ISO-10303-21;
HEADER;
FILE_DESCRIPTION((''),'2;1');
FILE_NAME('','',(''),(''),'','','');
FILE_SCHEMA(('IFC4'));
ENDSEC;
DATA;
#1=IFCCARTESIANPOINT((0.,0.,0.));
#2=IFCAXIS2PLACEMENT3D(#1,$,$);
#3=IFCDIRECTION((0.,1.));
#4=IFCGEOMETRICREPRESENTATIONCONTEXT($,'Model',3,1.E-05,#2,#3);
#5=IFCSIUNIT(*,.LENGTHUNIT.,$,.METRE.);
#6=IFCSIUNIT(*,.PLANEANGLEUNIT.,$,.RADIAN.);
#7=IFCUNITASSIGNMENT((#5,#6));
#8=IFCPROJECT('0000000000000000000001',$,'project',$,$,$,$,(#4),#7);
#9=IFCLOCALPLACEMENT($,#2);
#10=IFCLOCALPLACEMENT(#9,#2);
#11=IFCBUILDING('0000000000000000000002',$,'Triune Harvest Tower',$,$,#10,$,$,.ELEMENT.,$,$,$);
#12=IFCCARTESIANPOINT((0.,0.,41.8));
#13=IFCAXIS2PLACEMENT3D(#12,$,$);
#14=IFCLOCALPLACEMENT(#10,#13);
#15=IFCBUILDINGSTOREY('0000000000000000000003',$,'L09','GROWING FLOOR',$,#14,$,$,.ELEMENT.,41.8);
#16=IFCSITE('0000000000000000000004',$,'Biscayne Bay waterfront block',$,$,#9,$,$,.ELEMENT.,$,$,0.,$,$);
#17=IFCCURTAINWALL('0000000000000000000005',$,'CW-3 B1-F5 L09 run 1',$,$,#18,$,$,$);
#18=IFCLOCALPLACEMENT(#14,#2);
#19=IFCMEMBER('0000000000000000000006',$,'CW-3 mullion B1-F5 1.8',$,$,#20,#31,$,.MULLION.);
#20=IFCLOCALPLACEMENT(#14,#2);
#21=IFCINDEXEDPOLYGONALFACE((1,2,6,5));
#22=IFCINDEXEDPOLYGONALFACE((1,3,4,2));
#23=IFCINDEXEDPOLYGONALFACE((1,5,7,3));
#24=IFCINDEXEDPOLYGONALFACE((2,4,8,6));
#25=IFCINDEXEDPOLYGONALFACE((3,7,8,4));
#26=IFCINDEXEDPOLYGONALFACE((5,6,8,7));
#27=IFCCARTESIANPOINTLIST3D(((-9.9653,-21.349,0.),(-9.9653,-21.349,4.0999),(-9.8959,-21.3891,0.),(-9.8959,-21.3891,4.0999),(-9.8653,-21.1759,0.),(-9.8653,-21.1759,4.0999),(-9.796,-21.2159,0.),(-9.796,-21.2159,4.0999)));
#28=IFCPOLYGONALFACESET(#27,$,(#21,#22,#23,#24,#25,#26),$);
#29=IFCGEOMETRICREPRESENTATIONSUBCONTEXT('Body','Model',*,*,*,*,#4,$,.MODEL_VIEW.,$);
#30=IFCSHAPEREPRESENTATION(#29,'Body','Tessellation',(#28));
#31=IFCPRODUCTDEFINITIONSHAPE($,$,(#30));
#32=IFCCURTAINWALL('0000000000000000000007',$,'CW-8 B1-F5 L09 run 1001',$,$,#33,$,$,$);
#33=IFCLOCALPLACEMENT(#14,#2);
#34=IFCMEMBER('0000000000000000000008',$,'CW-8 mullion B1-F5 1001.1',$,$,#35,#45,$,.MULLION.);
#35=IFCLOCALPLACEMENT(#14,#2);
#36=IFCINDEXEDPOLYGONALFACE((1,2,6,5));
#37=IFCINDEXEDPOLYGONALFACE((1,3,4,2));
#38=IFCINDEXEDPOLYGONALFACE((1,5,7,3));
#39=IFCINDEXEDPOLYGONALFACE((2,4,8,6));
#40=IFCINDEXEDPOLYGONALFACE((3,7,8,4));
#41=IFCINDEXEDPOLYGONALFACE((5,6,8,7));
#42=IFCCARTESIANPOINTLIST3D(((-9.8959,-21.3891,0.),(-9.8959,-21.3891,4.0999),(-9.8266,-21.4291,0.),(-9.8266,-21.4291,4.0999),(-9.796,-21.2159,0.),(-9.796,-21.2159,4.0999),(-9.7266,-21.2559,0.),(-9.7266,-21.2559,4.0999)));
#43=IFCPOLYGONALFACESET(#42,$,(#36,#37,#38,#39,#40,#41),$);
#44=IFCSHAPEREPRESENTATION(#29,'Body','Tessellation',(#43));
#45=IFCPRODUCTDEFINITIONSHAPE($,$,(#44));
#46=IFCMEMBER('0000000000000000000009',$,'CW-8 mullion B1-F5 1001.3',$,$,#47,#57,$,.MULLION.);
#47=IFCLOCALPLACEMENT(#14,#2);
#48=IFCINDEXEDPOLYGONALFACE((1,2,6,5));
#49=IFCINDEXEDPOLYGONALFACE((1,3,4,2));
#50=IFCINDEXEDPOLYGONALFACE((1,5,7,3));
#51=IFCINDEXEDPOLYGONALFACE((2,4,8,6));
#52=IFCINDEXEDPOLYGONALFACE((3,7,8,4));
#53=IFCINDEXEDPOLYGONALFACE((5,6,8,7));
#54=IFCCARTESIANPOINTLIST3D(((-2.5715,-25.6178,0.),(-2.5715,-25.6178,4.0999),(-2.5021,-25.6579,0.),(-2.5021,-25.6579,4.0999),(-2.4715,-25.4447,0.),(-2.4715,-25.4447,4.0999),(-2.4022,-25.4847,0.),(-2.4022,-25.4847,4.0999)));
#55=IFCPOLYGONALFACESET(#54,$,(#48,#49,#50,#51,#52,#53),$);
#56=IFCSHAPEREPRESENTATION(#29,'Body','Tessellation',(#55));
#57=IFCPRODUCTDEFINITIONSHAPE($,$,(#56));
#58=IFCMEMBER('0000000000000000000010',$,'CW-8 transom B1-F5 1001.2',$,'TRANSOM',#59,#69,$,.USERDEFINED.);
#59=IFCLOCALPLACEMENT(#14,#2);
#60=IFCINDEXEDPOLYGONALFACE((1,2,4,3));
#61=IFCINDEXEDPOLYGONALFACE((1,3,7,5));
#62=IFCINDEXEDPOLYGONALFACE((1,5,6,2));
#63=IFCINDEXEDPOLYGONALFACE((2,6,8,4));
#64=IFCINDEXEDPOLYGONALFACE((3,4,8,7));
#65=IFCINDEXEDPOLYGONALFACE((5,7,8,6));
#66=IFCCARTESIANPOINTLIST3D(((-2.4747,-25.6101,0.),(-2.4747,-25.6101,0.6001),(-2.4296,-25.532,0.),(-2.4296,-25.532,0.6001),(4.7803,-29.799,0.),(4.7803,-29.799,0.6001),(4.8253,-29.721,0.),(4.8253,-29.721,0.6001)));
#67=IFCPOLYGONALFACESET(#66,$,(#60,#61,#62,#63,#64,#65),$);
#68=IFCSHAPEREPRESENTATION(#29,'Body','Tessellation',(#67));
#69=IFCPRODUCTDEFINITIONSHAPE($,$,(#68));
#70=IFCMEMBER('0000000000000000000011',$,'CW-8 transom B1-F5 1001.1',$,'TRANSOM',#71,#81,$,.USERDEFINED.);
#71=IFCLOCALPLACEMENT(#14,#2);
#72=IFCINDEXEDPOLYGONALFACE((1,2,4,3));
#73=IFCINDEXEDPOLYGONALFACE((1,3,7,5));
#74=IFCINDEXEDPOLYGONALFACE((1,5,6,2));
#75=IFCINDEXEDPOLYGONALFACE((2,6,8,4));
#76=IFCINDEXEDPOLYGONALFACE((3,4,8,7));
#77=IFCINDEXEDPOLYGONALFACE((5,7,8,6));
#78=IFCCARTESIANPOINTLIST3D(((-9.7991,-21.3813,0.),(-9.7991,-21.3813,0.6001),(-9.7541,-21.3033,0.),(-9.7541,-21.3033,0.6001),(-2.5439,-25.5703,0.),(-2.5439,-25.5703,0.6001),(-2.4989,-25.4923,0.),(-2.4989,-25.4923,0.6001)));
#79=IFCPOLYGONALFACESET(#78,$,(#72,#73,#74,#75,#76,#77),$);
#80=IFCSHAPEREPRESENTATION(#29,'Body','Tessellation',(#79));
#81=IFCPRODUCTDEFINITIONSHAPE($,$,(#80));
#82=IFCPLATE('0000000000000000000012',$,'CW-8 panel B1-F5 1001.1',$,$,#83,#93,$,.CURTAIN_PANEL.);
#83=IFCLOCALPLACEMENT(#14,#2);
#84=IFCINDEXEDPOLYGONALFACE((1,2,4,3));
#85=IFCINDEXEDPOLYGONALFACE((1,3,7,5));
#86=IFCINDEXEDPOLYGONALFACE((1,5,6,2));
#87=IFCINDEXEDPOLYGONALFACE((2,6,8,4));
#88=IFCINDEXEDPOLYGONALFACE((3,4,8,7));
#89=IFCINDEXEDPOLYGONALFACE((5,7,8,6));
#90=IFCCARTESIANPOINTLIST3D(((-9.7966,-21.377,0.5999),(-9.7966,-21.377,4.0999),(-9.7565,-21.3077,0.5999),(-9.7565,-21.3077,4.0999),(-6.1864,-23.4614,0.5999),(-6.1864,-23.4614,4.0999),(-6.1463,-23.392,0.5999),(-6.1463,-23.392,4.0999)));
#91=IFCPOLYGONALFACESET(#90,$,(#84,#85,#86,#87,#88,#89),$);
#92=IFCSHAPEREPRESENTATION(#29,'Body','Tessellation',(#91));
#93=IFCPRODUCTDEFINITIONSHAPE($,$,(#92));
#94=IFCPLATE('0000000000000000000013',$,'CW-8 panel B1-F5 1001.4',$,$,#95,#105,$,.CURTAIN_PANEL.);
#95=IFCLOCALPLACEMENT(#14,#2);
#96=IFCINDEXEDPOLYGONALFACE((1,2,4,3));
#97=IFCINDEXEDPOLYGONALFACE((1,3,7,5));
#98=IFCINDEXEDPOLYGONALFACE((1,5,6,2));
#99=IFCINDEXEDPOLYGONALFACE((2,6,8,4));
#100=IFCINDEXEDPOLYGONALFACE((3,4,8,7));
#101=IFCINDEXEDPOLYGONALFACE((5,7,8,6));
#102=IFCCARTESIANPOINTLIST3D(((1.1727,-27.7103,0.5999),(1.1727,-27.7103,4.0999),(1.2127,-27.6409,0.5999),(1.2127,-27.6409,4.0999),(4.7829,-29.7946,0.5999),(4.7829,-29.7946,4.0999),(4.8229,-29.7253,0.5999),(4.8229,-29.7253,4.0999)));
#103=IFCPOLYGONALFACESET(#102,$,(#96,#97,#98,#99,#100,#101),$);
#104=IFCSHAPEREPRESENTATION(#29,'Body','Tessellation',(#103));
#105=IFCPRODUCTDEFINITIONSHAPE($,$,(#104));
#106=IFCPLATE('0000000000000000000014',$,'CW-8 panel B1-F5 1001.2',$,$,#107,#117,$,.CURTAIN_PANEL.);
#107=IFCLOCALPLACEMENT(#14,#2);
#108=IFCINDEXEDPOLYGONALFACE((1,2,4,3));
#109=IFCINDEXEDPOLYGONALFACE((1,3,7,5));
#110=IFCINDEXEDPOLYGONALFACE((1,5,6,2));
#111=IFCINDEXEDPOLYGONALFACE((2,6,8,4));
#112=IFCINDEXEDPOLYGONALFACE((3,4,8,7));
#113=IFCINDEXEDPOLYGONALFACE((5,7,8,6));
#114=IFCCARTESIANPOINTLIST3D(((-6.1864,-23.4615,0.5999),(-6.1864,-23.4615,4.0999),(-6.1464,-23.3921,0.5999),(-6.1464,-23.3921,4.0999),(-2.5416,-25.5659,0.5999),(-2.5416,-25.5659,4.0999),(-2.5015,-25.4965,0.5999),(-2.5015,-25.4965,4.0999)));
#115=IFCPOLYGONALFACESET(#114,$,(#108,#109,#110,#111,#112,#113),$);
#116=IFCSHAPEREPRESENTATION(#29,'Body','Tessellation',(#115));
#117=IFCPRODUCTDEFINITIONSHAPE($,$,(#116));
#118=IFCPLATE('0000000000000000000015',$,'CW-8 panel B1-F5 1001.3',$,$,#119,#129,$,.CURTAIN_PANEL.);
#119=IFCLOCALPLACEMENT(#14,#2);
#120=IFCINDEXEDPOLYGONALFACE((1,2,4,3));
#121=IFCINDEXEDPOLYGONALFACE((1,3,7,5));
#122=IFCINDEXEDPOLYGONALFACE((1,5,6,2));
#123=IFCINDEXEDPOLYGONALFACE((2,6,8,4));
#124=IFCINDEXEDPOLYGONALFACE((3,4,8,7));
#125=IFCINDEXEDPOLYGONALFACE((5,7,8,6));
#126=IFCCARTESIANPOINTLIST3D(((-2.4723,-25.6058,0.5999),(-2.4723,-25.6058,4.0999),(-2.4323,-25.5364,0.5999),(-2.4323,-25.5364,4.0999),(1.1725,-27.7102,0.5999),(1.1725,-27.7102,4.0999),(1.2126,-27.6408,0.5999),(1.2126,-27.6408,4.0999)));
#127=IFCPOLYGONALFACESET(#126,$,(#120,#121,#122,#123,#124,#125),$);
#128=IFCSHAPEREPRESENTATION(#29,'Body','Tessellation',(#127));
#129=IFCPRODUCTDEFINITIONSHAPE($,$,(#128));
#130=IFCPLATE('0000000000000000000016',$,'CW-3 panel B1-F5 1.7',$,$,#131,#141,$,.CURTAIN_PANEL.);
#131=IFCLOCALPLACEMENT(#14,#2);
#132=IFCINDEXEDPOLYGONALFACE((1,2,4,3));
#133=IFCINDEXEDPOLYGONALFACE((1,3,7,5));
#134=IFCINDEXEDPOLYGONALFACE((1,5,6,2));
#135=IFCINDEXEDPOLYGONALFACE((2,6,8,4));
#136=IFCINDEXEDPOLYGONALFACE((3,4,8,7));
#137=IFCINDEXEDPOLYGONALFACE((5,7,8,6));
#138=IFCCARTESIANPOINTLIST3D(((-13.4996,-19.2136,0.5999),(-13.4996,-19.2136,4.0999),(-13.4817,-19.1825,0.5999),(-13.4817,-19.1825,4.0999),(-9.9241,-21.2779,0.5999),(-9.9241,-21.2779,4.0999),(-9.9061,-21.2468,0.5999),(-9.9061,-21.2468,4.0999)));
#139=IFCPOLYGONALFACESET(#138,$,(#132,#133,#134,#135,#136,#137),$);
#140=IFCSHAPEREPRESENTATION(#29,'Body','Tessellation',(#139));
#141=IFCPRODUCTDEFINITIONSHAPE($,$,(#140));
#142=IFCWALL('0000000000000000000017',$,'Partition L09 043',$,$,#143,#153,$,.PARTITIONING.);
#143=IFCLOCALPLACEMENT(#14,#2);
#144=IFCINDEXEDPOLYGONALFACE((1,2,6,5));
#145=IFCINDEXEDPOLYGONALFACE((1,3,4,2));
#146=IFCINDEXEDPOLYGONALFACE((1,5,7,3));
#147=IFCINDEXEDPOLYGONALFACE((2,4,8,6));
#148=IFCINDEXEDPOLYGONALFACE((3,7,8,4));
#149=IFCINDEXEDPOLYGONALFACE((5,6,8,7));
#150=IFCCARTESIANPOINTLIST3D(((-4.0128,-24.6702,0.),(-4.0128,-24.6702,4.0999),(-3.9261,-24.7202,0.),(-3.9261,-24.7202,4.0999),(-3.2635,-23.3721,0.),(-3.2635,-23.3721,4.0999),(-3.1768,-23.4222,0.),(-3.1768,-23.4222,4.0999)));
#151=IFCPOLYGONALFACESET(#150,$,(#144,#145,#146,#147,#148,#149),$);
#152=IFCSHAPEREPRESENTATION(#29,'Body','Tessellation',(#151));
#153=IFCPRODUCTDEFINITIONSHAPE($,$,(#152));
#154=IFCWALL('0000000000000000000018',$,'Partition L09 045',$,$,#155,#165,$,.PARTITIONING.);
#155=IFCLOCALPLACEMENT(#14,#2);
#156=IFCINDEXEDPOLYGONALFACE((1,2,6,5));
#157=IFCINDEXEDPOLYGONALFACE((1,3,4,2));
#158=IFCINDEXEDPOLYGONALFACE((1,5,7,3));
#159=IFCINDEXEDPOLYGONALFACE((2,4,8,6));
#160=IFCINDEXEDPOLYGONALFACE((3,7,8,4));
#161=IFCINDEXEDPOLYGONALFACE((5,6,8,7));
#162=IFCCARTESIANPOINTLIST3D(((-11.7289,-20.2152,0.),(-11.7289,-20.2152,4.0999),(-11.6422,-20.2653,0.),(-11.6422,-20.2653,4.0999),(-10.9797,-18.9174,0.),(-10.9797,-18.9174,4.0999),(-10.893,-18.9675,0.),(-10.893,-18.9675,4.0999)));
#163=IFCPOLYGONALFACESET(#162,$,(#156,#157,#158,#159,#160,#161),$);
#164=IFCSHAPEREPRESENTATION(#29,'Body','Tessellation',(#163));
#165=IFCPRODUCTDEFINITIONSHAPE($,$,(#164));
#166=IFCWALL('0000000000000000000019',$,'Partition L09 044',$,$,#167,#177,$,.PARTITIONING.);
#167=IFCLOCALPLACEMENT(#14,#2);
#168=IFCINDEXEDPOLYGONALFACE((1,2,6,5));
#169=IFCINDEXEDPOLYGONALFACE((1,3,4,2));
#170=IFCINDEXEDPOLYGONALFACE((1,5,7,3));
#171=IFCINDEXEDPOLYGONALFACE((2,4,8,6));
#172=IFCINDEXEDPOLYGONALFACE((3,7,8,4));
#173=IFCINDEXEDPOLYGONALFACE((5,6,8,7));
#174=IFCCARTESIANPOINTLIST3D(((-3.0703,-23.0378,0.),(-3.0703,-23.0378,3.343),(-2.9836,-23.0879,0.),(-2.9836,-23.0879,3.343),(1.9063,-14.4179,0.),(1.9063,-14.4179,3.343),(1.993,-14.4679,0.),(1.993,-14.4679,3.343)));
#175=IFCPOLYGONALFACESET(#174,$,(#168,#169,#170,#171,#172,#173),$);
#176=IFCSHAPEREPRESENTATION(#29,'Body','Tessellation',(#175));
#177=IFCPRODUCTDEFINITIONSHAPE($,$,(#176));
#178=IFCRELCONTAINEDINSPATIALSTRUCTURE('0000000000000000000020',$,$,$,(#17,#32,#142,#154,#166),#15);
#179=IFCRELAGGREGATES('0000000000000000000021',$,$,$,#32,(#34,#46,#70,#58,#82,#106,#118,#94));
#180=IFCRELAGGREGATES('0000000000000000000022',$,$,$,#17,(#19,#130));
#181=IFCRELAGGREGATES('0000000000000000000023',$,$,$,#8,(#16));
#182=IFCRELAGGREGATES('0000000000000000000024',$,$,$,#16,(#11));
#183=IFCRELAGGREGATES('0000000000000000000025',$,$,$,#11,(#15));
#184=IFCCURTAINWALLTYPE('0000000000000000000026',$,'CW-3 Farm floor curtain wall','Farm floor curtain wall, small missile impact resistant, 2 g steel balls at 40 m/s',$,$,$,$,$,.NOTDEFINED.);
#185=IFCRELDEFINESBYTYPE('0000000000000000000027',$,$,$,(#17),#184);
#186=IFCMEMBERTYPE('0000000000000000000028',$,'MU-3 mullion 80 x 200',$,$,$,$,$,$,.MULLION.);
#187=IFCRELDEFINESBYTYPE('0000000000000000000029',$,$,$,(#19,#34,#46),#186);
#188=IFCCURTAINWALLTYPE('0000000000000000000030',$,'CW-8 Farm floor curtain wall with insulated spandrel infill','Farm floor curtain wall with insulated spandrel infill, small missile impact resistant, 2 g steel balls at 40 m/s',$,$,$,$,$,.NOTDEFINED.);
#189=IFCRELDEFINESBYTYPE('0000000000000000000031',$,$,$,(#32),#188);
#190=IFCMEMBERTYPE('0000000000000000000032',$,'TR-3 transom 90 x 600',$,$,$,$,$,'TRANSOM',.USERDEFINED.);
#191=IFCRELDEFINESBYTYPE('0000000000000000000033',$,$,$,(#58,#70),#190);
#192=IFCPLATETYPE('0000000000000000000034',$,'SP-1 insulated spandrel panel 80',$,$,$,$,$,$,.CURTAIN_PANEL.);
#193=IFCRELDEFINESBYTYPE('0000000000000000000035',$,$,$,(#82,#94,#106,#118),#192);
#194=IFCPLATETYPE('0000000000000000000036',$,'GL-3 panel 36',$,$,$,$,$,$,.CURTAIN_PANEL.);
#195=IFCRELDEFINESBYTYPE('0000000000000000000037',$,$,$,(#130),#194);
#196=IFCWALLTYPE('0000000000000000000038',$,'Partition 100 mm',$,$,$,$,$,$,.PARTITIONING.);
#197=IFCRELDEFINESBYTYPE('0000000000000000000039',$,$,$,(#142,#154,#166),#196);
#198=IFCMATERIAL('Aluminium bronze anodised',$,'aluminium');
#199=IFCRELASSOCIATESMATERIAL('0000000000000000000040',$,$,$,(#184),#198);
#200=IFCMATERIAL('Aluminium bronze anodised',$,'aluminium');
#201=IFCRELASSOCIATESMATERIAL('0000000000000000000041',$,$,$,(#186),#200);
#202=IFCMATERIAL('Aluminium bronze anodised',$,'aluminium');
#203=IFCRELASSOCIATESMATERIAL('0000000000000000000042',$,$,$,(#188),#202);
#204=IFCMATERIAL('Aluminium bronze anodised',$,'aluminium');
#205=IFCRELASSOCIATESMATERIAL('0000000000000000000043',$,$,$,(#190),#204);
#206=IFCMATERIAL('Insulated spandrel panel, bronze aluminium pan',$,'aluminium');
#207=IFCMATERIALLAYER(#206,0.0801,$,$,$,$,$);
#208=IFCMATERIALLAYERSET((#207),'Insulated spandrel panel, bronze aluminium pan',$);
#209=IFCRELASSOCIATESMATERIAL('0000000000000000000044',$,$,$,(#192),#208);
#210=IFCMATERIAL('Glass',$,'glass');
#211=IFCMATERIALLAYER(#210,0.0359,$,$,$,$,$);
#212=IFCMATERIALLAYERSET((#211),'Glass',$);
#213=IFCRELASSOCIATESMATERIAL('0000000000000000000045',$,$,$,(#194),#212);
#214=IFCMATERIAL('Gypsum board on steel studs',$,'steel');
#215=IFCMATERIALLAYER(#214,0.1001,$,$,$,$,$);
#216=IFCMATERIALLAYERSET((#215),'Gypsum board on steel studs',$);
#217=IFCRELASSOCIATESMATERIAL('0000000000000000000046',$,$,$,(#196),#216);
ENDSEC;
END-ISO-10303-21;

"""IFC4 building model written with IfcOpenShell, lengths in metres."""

from ifc_helpers import new_model, si_unit, direction, frame, frame_2d, origin, origin_2d, place, context, subcontext, project, spatial, rectangle, extrude, source, transform, mapped, material, layer, layer_set, material_profile, profile_set, type_object, element, aggregate, save


model = new_model("IFC4")

# Units and contexts
model_context = context("Model", 3, precision=1e-05, world=origin(), true_north=direction((0.0, 1.0)))
body_context = subcontext(model_context, "Body", "Model", "MODEL_VIEW")
ifc_project = project(units=[si_unit("LENGTHUNIT", "METRE"), si_unit("PLANEANGLEUNIT", "RADIAN")], contexts=[model_context])

# Site, building, storey
site_placement = place(None, origin())
site = spatial("IfcSite", under=ifc_project, at=site_placement, Name="Biscayne Bay waterfront block", CompositionType="ELEMENT", RefElevation=0.0)
building_placement = place(site_placement, origin())
building = spatial("IfcBuilding", under=site, at=building_placement, Name="Triune Harvest Tower", CompositionType="ELEMENT")
storey_placement = place(building_placement, frame((0.0, 0.0, 41.8)))
storey = spatial("IfcBuildingStorey", under=building, at=storey_placement, Name="L09", Description="GROWING FLOOR", CompositionType="ELEMENT", Elevation=41.8)

# Curtain wall, member
ifc_material_1 = material(Name="Aluminium bronze anodised", Category="aluminium")
curtain_wall_type_1 = type_object("IfcCurtainWallType", Name="CW-3 Farm floor curtain wall", Description="Farm floor curtain wall, small missile impact resistant, 2 g steel balls at 40 m/s", PredefinedType="NOTDEFINED", material=ifc_material_1)
curtain_wall_1_placement = place(storey_placement, origin())
curtain_wall_1 = element("IfcCurtainWall", 1, at=curtain_wall_1_placement, inside=storey, type_object=curtain_wall_type_1, Name="CW-3 B1-F5 L09 run 1")
ifc_material_2 = material(Name="Aluminium bronze anodised", Category="aluminium")
ifc_material_profile_1 = material_profile(ifc_material_2, rectangle(XDim=0.2, YDim=0.0801, at=origin_2d()), Name="MU-3 mullion 80 x 200")
ifc_profile_set_1 = profile_set([ifc_material_profile_1], Name="Aluminium bronze anodised")
member_type_1 = type_object("IfcMemberType", Name="MU-3 mullion 80 x 200", PredefinedType="MULLION", material=ifc_profile_set_1)
shared_shape_1 = source(origin(), body_context, "Body", "SweptSolid", [
    extrude(rectangle(XDim=0.2, YDim=0.0801, at=origin_2d()), origin(), (0.0, 0.0, 1.0), 4.0999),
])
member_1_placement = place(storey_placement, frame((-9.8806, -21.2825, 0.0), z_axis=(0.0, 0.0, 1.0), x_axis=(0.5, 0.866026, 0.0)))
member_1 = element("IfcMember", 2, at=member_1_placement, type_object=member_type_1, Name="CW-3 mullion B1-F5 1.8", PredefinedType="MULLION", context=body_context, shape_type="MappedRepresentation", body=[
    mapped(shared_shape_1, transform((0.0, 0.0, 0.0), scale=1.0)),
])

# Curtain wall, members, plates
ifc_material_3 = material(Name="Aluminium bronze anodised", Category="aluminium")
curtain_wall_type_2 = type_object("IfcCurtainWallType", Name="CW-8 Farm floor curtain wall with insulated spandrel infill", Description="Farm floor curtain wall with insulated spandrel infill, small missile impact resistant, 2 g steel balls at 40 m/s", PredefinedType="NOTDEFINED", material=ifc_material_3)
curtain_wall_2_placement = place(storey_placement, origin())
curtain_wall_2 = element("IfcCurtainWall", 3, at=curtain_wall_2_placement, inside=storey, type_object=curtain_wall_type_2, Name="CW-8 B1-F5 L09 run 1001")
member_2_placement = place(storey_placement, frame((-9.8113, -21.3225, 0.0), z_axis=(0.0, 0.0, 1.0), x_axis=(0.500003, 0.866024, 0.0)))
member_2 = element("IfcMember", 4, at=member_2_placement, type_object=member_type_1, Name="CW-8 mullion B1-F5 1001.1", PredefinedType="MULLION", context=body_context, shape_type="MappedRepresentation", body=[
    mapped(shared_shape_1, transform((0.0, 0.0, 0.0), scale=1.0)),
])
member_3_placement = place(storey_placement, frame((-2.4868, -25.5513, 0.0), z_axis=(0.0, 0.0, 1.0), x_axis=(0.500003, 0.866024, 0.0)))
member_3 = element("IfcMember", 5, at=member_3_placement, type_object=member_type_1, Name="CW-8 mullion B1-F5 1001.3", PredefinedType="MULLION", context=body_context, shape_type="MappedRepresentation", body=[
    mapped(shared_shape_1, transform((0.0, 0.0, 0.0), scale=1.0)),
])
ifc_material_4 = material(Name="Aluminium bronze anodised", Category="aluminium")
ifc_material_profile_2 = material_profile(ifc_material_4, rectangle(XDim=0.0901, YDim=0.6001, at=origin_2d()), Name="TR-3 transom 90 x 600")
ifc_profile_set_2 = profile_set([ifc_material_profile_2], Name="Aluminium bronze anodised")
member_type_2 = type_object("IfcMemberType", Name="TR-3 transom 90 x 600", ElementType="TRANSOM", PredefinedType="USERDEFINED", material=ifc_profile_set_2)
shared_shape_2 = source(origin(), body_context, "Body", "SweptSolid", [
    extrude(rectangle(XDim=0.0901, YDim=0.6001, at=origin_2d()), origin(), (0.0, 0.0, 1.0), 8.3774),
])
member_4_placement = place(storey_placement, frame((-2.4521, -25.571, 0.3), z_axis=(0.866007, -0.500032, 0.0), x_axis=(0.500032, 0.866007, 0.0)))
member_4 = element("IfcMember", 6, at=member_4_placement, type_object=member_type_2, Name="CW-8 transom B1-F5 1001.2", ObjectType="TRANSOM", PredefinedType="USERDEFINED", context=body_context, shape_type="MappedRepresentation", body=[
    mapped(shared_shape_2, transform((0.0, 0.0, 0.0), scale=1.0)),
])
shared_shape_3 = source(origin(), body_context, "Body", "SweptSolid", [
    extrude(rectangle(XDim=0.0901, YDim=0.6001, at=origin_2d()), origin(), (0.0, 0.0, 1.0), 8.3777),
])
member_5_placement = place(storey_placement, frame((-9.7766, -21.3423, 0.3), z_axis=(0.866014, -0.500019, 0.0), x_axis=(0.500019, 0.866014, 0.0)))
member_5 = element("IfcMember", 7, at=member_5_placement, type_object=member_type_2, Name="CW-8 transom B1-F5 1001.1", ObjectType="TRANSOM", PredefinedType="USERDEFINED", context=body_context, shape_type="MappedRepresentation", body=[
    mapped(shared_shape_3, transform((0.0, 0.0, 0.0), scale=1.0)),
])
ifc_material_5 = material(Name="Insulated spandrel panel, bronze aluminium pan", Category="aluminium")
ifc_layer_1 = layer(ifc_material_5, 0.0801)
ifc_layer_set_1 = layer_set([ifc_layer_1], Name="Insulated spandrel panel, bronze aluminium pan")
plate_type_1 = type_object("IfcPlateType", Name="SP-1 insulated spandrel panel 80", PredefinedType="CURTAIN_PANEL", material=ifc_layer_set_1)
shared_shape_4 = source(origin(), body_context, "Body", "SweptSolid", [
    extrude(rectangle(XDim=4.1687, YDim=0.0801, at=origin_2d()), origin(), (0.0, 0.0, 1.0), 3.5),
])
plate_1_placement = place(storey_placement, frame((-7.9714, -22.3845, 0.5999), z_axis=(0.0, 0.0, 1.0), x_axis=(0.866024, -0.500003, 0.0)))
plate_1 = element("IfcPlate", 8, at=plate_1_placement, type_object=plate_type_1, Name="CW-8 panel B1-F5 1001.1", PredefinedType="CURTAIN_PANEL", context=body_context, shape_type="MappedRepresentation", body=[
    mapped(shared_shape_4, transform((0.0, 0.0, 0.0), scale=1.0)),
])
plate_2_placement = place(storey_placement, frame((2.9978, -28.7178, 0.5999), z_axis=(0.0, 0.0, 1.0), x_axis=(0.866024, -0.500003, 0.0)))
plate_2 = element("IfcPlate", 9, at=plate_2_placement, type_object=plate_type_1, Name="CW-8 panel B1-F5 1001.4", PredefinedType="CURTAIN_PANEL", context=body_context, shape_type="MappedRepresentation", body=[
    mapped(shared_shape_4, transform((0.0, 0.0, 0.0), scale=1.0)),
])
shared_shape_5 = source(origin(), body_context, "Body", "SweptSolid", [
    extrude(rectangle(XDim=4.2087, YDim=0.0801, at=origin_2d()), origin(), (0.0, 0.0, 1.0), 3.5),
])
plate_3_placement = place(storey_placement, frame((-4.344, -24.479, 0.5999), z_axis=(0.0, 0.0, 1.0), x_axis=(0.866024, -0.500003, 0.0)))
plate_3 = element("IfcPlate", 10, at=plate_3_placement, type_object=plate_type_1, Name="CW-8 panel B1-F5 1001.2", PredefinedType="CURTAIN_PANEL", context=body_context, shape_type="MappedRepresentation", body=[
    mapped(shared_shape_5, transform((0.0, 0.0, 0.0), scale=1.0)),
])
plate_4_placement = place(storey_placement, frame((-0.6299, -26.6233, 0.5999), z_axis=(0.0, 0.0, 1.0), x_axis=(0.866024, -0.500003, 0.0)))
plate_4 = element("IfcPlate", 11, at=plate_4_placement, type_object=plate_type_1, Name="CW-8 panel B1-F5 1001.3", PredefinedType="CURTAIN_PANEL", context=body_context, shape_type="MappedRepresentation", body=[
    mapped(shared_shape_5, transform((0.0, 0.0, 0.0), scale=1.0)),
])
aggregate(curtain_wall_2, [member_2, member_3, member_5, member_4, plate_1, plate_3, plate_4, plate_2])

# Plate
ifc_material_6 = material(Name="Glass", Category="glass")
ifc_layer_2 = layer(ifc_material_6, 0.0359)
ifc_layer_set_2 = layer_set([ifc_layer_2], Name="Glass")
plate_type_2 = type_object("IfcPlateType", Name="GL-3 panel 36", PredefinedType="CURTAIN_PANEL", material=ifc_layer_set_2)
shared_shape_6 = source(origin(), body_context, "Body", "SweptSolid", [
    extrude(rectangle(XDim=4.1287, YDim=0.0359, at=origin_2d()), origin(), (0.0, 0.0, 1.0), 3.5),
])
plate_5_placement = place(storey_placement, frame((-11.7029, -20.2302, 0.5999), z_axis=(0.0, 0.0, 1.0), x_axis=(0.866026, -0.5, 0.0)))
plate_5 = element("IfcPlate", 12, at=plate_5_placement, type_object=plate_type_2, Name="CW-3 panel B1-F5 1.7", PredefinedType="CURTAIN_PANEL", context=body_context, shape_type="MappedRepresentation", body=[
    mapped(shared_shape_6, transform((0.0, 0.0, 0.0), scale=1.0)),
])
aggregate(curtain_wall_1, [member_1, plate_5])

# Walls
ifc_material_7 = material(Name="Gypsum board on steel studs", Category="steel")
ifc_layer_3 = layer(ifc_material_7, 0.1001)
ifc_layer_set_3 = layer_set([ifc_layer_3], Name="Gypsum board on steel studs")
wall_type = type_object("IfcWallType", Name="Partition 100 mm", PredefinedType="PARTITIONING", material=ifc_layer_set_3)
shared_shape_7 = source(origin(), body_context, "Body", "SweptSolid", [
    extrude(rectangle(XDim=1.4988, YDim=0.1001, at=frame_2d((0.7495, 0.0))), origin(), (0.0, 0.0, 1.0), 4.0999),
])
wall_1_placement = place(storey_placement, frame((-3.9695, -24.6953, 0.0), z_axis=(0.0, 0.0, 1.0), x_axis=(0.499906, 0.86608, 0.0)))
element("IfcWall", 13, at=wall_1_placement, inside=storey, type_object=wall_type, Name="Partition L09 043", PredefinedType="PARTITIONING", context=body_context, shape_type="MappedRepresentation", body=[
    mapped(shared_shape_7, transform((0.0, 0.0, 0.0), scale=1.0)),
])
shared_shape_8 = source(origin(), body_context, "Body", "SweptSolid", [
    extrude(rectangle(XDim=1.4985, YDim=0.1001, at=frame_2d((0.7493, 0.0))), origin(), (0.0, 0.0, 1.0), 4.0999),
])
wall_2_placement = place(storey_placement, frame((-11.6855, -20.2402, 0.0), z_axis=(0.0, 0.0, 1.0), x_axis=(0.499976, 0.866039, 0.0)))
element("IfcWall", 14, at=wall_2_placement, inside=storey, type_object=wall_type, Name="Partition L09 045", PredefinedType="PARTITIONING", context=body_context, shape_type="MappedRepresentation", body=[
    mapped(shared_shape_8, transform((0.0, 0.0, 0.0), scale=1.0)),
])
shared_shape_9 = source(origin(), body_context, "Body", "SweptSolid", [
    extrude(rectangle(XDim=9.9534, YDim=0.1001, at=frame_2d((4.9766, 0.0))), origin(), (0.0, 0.0, 1.0), 3.343),
])
wall_3_placement = place(storey_placement, frame((-3.0269, -23.0627, 0.0), z_axis=(0.0, 0.0, 1.0), x_axis=(0.499991, 0.866031, 0.0)))
element("IfcWall", 15, at=wall_3_placement, inside=storey, type_object=wall_type, Name="Partition L09 044", PredefinedType="PARTITIONING", context=body_context, shape_type="MappedRepresentation", body=[
    mapped(shared_shape_9, transform((0.0, 0.0, 0.0), scale=1.0)),
])

save(model, "model.ifc")
